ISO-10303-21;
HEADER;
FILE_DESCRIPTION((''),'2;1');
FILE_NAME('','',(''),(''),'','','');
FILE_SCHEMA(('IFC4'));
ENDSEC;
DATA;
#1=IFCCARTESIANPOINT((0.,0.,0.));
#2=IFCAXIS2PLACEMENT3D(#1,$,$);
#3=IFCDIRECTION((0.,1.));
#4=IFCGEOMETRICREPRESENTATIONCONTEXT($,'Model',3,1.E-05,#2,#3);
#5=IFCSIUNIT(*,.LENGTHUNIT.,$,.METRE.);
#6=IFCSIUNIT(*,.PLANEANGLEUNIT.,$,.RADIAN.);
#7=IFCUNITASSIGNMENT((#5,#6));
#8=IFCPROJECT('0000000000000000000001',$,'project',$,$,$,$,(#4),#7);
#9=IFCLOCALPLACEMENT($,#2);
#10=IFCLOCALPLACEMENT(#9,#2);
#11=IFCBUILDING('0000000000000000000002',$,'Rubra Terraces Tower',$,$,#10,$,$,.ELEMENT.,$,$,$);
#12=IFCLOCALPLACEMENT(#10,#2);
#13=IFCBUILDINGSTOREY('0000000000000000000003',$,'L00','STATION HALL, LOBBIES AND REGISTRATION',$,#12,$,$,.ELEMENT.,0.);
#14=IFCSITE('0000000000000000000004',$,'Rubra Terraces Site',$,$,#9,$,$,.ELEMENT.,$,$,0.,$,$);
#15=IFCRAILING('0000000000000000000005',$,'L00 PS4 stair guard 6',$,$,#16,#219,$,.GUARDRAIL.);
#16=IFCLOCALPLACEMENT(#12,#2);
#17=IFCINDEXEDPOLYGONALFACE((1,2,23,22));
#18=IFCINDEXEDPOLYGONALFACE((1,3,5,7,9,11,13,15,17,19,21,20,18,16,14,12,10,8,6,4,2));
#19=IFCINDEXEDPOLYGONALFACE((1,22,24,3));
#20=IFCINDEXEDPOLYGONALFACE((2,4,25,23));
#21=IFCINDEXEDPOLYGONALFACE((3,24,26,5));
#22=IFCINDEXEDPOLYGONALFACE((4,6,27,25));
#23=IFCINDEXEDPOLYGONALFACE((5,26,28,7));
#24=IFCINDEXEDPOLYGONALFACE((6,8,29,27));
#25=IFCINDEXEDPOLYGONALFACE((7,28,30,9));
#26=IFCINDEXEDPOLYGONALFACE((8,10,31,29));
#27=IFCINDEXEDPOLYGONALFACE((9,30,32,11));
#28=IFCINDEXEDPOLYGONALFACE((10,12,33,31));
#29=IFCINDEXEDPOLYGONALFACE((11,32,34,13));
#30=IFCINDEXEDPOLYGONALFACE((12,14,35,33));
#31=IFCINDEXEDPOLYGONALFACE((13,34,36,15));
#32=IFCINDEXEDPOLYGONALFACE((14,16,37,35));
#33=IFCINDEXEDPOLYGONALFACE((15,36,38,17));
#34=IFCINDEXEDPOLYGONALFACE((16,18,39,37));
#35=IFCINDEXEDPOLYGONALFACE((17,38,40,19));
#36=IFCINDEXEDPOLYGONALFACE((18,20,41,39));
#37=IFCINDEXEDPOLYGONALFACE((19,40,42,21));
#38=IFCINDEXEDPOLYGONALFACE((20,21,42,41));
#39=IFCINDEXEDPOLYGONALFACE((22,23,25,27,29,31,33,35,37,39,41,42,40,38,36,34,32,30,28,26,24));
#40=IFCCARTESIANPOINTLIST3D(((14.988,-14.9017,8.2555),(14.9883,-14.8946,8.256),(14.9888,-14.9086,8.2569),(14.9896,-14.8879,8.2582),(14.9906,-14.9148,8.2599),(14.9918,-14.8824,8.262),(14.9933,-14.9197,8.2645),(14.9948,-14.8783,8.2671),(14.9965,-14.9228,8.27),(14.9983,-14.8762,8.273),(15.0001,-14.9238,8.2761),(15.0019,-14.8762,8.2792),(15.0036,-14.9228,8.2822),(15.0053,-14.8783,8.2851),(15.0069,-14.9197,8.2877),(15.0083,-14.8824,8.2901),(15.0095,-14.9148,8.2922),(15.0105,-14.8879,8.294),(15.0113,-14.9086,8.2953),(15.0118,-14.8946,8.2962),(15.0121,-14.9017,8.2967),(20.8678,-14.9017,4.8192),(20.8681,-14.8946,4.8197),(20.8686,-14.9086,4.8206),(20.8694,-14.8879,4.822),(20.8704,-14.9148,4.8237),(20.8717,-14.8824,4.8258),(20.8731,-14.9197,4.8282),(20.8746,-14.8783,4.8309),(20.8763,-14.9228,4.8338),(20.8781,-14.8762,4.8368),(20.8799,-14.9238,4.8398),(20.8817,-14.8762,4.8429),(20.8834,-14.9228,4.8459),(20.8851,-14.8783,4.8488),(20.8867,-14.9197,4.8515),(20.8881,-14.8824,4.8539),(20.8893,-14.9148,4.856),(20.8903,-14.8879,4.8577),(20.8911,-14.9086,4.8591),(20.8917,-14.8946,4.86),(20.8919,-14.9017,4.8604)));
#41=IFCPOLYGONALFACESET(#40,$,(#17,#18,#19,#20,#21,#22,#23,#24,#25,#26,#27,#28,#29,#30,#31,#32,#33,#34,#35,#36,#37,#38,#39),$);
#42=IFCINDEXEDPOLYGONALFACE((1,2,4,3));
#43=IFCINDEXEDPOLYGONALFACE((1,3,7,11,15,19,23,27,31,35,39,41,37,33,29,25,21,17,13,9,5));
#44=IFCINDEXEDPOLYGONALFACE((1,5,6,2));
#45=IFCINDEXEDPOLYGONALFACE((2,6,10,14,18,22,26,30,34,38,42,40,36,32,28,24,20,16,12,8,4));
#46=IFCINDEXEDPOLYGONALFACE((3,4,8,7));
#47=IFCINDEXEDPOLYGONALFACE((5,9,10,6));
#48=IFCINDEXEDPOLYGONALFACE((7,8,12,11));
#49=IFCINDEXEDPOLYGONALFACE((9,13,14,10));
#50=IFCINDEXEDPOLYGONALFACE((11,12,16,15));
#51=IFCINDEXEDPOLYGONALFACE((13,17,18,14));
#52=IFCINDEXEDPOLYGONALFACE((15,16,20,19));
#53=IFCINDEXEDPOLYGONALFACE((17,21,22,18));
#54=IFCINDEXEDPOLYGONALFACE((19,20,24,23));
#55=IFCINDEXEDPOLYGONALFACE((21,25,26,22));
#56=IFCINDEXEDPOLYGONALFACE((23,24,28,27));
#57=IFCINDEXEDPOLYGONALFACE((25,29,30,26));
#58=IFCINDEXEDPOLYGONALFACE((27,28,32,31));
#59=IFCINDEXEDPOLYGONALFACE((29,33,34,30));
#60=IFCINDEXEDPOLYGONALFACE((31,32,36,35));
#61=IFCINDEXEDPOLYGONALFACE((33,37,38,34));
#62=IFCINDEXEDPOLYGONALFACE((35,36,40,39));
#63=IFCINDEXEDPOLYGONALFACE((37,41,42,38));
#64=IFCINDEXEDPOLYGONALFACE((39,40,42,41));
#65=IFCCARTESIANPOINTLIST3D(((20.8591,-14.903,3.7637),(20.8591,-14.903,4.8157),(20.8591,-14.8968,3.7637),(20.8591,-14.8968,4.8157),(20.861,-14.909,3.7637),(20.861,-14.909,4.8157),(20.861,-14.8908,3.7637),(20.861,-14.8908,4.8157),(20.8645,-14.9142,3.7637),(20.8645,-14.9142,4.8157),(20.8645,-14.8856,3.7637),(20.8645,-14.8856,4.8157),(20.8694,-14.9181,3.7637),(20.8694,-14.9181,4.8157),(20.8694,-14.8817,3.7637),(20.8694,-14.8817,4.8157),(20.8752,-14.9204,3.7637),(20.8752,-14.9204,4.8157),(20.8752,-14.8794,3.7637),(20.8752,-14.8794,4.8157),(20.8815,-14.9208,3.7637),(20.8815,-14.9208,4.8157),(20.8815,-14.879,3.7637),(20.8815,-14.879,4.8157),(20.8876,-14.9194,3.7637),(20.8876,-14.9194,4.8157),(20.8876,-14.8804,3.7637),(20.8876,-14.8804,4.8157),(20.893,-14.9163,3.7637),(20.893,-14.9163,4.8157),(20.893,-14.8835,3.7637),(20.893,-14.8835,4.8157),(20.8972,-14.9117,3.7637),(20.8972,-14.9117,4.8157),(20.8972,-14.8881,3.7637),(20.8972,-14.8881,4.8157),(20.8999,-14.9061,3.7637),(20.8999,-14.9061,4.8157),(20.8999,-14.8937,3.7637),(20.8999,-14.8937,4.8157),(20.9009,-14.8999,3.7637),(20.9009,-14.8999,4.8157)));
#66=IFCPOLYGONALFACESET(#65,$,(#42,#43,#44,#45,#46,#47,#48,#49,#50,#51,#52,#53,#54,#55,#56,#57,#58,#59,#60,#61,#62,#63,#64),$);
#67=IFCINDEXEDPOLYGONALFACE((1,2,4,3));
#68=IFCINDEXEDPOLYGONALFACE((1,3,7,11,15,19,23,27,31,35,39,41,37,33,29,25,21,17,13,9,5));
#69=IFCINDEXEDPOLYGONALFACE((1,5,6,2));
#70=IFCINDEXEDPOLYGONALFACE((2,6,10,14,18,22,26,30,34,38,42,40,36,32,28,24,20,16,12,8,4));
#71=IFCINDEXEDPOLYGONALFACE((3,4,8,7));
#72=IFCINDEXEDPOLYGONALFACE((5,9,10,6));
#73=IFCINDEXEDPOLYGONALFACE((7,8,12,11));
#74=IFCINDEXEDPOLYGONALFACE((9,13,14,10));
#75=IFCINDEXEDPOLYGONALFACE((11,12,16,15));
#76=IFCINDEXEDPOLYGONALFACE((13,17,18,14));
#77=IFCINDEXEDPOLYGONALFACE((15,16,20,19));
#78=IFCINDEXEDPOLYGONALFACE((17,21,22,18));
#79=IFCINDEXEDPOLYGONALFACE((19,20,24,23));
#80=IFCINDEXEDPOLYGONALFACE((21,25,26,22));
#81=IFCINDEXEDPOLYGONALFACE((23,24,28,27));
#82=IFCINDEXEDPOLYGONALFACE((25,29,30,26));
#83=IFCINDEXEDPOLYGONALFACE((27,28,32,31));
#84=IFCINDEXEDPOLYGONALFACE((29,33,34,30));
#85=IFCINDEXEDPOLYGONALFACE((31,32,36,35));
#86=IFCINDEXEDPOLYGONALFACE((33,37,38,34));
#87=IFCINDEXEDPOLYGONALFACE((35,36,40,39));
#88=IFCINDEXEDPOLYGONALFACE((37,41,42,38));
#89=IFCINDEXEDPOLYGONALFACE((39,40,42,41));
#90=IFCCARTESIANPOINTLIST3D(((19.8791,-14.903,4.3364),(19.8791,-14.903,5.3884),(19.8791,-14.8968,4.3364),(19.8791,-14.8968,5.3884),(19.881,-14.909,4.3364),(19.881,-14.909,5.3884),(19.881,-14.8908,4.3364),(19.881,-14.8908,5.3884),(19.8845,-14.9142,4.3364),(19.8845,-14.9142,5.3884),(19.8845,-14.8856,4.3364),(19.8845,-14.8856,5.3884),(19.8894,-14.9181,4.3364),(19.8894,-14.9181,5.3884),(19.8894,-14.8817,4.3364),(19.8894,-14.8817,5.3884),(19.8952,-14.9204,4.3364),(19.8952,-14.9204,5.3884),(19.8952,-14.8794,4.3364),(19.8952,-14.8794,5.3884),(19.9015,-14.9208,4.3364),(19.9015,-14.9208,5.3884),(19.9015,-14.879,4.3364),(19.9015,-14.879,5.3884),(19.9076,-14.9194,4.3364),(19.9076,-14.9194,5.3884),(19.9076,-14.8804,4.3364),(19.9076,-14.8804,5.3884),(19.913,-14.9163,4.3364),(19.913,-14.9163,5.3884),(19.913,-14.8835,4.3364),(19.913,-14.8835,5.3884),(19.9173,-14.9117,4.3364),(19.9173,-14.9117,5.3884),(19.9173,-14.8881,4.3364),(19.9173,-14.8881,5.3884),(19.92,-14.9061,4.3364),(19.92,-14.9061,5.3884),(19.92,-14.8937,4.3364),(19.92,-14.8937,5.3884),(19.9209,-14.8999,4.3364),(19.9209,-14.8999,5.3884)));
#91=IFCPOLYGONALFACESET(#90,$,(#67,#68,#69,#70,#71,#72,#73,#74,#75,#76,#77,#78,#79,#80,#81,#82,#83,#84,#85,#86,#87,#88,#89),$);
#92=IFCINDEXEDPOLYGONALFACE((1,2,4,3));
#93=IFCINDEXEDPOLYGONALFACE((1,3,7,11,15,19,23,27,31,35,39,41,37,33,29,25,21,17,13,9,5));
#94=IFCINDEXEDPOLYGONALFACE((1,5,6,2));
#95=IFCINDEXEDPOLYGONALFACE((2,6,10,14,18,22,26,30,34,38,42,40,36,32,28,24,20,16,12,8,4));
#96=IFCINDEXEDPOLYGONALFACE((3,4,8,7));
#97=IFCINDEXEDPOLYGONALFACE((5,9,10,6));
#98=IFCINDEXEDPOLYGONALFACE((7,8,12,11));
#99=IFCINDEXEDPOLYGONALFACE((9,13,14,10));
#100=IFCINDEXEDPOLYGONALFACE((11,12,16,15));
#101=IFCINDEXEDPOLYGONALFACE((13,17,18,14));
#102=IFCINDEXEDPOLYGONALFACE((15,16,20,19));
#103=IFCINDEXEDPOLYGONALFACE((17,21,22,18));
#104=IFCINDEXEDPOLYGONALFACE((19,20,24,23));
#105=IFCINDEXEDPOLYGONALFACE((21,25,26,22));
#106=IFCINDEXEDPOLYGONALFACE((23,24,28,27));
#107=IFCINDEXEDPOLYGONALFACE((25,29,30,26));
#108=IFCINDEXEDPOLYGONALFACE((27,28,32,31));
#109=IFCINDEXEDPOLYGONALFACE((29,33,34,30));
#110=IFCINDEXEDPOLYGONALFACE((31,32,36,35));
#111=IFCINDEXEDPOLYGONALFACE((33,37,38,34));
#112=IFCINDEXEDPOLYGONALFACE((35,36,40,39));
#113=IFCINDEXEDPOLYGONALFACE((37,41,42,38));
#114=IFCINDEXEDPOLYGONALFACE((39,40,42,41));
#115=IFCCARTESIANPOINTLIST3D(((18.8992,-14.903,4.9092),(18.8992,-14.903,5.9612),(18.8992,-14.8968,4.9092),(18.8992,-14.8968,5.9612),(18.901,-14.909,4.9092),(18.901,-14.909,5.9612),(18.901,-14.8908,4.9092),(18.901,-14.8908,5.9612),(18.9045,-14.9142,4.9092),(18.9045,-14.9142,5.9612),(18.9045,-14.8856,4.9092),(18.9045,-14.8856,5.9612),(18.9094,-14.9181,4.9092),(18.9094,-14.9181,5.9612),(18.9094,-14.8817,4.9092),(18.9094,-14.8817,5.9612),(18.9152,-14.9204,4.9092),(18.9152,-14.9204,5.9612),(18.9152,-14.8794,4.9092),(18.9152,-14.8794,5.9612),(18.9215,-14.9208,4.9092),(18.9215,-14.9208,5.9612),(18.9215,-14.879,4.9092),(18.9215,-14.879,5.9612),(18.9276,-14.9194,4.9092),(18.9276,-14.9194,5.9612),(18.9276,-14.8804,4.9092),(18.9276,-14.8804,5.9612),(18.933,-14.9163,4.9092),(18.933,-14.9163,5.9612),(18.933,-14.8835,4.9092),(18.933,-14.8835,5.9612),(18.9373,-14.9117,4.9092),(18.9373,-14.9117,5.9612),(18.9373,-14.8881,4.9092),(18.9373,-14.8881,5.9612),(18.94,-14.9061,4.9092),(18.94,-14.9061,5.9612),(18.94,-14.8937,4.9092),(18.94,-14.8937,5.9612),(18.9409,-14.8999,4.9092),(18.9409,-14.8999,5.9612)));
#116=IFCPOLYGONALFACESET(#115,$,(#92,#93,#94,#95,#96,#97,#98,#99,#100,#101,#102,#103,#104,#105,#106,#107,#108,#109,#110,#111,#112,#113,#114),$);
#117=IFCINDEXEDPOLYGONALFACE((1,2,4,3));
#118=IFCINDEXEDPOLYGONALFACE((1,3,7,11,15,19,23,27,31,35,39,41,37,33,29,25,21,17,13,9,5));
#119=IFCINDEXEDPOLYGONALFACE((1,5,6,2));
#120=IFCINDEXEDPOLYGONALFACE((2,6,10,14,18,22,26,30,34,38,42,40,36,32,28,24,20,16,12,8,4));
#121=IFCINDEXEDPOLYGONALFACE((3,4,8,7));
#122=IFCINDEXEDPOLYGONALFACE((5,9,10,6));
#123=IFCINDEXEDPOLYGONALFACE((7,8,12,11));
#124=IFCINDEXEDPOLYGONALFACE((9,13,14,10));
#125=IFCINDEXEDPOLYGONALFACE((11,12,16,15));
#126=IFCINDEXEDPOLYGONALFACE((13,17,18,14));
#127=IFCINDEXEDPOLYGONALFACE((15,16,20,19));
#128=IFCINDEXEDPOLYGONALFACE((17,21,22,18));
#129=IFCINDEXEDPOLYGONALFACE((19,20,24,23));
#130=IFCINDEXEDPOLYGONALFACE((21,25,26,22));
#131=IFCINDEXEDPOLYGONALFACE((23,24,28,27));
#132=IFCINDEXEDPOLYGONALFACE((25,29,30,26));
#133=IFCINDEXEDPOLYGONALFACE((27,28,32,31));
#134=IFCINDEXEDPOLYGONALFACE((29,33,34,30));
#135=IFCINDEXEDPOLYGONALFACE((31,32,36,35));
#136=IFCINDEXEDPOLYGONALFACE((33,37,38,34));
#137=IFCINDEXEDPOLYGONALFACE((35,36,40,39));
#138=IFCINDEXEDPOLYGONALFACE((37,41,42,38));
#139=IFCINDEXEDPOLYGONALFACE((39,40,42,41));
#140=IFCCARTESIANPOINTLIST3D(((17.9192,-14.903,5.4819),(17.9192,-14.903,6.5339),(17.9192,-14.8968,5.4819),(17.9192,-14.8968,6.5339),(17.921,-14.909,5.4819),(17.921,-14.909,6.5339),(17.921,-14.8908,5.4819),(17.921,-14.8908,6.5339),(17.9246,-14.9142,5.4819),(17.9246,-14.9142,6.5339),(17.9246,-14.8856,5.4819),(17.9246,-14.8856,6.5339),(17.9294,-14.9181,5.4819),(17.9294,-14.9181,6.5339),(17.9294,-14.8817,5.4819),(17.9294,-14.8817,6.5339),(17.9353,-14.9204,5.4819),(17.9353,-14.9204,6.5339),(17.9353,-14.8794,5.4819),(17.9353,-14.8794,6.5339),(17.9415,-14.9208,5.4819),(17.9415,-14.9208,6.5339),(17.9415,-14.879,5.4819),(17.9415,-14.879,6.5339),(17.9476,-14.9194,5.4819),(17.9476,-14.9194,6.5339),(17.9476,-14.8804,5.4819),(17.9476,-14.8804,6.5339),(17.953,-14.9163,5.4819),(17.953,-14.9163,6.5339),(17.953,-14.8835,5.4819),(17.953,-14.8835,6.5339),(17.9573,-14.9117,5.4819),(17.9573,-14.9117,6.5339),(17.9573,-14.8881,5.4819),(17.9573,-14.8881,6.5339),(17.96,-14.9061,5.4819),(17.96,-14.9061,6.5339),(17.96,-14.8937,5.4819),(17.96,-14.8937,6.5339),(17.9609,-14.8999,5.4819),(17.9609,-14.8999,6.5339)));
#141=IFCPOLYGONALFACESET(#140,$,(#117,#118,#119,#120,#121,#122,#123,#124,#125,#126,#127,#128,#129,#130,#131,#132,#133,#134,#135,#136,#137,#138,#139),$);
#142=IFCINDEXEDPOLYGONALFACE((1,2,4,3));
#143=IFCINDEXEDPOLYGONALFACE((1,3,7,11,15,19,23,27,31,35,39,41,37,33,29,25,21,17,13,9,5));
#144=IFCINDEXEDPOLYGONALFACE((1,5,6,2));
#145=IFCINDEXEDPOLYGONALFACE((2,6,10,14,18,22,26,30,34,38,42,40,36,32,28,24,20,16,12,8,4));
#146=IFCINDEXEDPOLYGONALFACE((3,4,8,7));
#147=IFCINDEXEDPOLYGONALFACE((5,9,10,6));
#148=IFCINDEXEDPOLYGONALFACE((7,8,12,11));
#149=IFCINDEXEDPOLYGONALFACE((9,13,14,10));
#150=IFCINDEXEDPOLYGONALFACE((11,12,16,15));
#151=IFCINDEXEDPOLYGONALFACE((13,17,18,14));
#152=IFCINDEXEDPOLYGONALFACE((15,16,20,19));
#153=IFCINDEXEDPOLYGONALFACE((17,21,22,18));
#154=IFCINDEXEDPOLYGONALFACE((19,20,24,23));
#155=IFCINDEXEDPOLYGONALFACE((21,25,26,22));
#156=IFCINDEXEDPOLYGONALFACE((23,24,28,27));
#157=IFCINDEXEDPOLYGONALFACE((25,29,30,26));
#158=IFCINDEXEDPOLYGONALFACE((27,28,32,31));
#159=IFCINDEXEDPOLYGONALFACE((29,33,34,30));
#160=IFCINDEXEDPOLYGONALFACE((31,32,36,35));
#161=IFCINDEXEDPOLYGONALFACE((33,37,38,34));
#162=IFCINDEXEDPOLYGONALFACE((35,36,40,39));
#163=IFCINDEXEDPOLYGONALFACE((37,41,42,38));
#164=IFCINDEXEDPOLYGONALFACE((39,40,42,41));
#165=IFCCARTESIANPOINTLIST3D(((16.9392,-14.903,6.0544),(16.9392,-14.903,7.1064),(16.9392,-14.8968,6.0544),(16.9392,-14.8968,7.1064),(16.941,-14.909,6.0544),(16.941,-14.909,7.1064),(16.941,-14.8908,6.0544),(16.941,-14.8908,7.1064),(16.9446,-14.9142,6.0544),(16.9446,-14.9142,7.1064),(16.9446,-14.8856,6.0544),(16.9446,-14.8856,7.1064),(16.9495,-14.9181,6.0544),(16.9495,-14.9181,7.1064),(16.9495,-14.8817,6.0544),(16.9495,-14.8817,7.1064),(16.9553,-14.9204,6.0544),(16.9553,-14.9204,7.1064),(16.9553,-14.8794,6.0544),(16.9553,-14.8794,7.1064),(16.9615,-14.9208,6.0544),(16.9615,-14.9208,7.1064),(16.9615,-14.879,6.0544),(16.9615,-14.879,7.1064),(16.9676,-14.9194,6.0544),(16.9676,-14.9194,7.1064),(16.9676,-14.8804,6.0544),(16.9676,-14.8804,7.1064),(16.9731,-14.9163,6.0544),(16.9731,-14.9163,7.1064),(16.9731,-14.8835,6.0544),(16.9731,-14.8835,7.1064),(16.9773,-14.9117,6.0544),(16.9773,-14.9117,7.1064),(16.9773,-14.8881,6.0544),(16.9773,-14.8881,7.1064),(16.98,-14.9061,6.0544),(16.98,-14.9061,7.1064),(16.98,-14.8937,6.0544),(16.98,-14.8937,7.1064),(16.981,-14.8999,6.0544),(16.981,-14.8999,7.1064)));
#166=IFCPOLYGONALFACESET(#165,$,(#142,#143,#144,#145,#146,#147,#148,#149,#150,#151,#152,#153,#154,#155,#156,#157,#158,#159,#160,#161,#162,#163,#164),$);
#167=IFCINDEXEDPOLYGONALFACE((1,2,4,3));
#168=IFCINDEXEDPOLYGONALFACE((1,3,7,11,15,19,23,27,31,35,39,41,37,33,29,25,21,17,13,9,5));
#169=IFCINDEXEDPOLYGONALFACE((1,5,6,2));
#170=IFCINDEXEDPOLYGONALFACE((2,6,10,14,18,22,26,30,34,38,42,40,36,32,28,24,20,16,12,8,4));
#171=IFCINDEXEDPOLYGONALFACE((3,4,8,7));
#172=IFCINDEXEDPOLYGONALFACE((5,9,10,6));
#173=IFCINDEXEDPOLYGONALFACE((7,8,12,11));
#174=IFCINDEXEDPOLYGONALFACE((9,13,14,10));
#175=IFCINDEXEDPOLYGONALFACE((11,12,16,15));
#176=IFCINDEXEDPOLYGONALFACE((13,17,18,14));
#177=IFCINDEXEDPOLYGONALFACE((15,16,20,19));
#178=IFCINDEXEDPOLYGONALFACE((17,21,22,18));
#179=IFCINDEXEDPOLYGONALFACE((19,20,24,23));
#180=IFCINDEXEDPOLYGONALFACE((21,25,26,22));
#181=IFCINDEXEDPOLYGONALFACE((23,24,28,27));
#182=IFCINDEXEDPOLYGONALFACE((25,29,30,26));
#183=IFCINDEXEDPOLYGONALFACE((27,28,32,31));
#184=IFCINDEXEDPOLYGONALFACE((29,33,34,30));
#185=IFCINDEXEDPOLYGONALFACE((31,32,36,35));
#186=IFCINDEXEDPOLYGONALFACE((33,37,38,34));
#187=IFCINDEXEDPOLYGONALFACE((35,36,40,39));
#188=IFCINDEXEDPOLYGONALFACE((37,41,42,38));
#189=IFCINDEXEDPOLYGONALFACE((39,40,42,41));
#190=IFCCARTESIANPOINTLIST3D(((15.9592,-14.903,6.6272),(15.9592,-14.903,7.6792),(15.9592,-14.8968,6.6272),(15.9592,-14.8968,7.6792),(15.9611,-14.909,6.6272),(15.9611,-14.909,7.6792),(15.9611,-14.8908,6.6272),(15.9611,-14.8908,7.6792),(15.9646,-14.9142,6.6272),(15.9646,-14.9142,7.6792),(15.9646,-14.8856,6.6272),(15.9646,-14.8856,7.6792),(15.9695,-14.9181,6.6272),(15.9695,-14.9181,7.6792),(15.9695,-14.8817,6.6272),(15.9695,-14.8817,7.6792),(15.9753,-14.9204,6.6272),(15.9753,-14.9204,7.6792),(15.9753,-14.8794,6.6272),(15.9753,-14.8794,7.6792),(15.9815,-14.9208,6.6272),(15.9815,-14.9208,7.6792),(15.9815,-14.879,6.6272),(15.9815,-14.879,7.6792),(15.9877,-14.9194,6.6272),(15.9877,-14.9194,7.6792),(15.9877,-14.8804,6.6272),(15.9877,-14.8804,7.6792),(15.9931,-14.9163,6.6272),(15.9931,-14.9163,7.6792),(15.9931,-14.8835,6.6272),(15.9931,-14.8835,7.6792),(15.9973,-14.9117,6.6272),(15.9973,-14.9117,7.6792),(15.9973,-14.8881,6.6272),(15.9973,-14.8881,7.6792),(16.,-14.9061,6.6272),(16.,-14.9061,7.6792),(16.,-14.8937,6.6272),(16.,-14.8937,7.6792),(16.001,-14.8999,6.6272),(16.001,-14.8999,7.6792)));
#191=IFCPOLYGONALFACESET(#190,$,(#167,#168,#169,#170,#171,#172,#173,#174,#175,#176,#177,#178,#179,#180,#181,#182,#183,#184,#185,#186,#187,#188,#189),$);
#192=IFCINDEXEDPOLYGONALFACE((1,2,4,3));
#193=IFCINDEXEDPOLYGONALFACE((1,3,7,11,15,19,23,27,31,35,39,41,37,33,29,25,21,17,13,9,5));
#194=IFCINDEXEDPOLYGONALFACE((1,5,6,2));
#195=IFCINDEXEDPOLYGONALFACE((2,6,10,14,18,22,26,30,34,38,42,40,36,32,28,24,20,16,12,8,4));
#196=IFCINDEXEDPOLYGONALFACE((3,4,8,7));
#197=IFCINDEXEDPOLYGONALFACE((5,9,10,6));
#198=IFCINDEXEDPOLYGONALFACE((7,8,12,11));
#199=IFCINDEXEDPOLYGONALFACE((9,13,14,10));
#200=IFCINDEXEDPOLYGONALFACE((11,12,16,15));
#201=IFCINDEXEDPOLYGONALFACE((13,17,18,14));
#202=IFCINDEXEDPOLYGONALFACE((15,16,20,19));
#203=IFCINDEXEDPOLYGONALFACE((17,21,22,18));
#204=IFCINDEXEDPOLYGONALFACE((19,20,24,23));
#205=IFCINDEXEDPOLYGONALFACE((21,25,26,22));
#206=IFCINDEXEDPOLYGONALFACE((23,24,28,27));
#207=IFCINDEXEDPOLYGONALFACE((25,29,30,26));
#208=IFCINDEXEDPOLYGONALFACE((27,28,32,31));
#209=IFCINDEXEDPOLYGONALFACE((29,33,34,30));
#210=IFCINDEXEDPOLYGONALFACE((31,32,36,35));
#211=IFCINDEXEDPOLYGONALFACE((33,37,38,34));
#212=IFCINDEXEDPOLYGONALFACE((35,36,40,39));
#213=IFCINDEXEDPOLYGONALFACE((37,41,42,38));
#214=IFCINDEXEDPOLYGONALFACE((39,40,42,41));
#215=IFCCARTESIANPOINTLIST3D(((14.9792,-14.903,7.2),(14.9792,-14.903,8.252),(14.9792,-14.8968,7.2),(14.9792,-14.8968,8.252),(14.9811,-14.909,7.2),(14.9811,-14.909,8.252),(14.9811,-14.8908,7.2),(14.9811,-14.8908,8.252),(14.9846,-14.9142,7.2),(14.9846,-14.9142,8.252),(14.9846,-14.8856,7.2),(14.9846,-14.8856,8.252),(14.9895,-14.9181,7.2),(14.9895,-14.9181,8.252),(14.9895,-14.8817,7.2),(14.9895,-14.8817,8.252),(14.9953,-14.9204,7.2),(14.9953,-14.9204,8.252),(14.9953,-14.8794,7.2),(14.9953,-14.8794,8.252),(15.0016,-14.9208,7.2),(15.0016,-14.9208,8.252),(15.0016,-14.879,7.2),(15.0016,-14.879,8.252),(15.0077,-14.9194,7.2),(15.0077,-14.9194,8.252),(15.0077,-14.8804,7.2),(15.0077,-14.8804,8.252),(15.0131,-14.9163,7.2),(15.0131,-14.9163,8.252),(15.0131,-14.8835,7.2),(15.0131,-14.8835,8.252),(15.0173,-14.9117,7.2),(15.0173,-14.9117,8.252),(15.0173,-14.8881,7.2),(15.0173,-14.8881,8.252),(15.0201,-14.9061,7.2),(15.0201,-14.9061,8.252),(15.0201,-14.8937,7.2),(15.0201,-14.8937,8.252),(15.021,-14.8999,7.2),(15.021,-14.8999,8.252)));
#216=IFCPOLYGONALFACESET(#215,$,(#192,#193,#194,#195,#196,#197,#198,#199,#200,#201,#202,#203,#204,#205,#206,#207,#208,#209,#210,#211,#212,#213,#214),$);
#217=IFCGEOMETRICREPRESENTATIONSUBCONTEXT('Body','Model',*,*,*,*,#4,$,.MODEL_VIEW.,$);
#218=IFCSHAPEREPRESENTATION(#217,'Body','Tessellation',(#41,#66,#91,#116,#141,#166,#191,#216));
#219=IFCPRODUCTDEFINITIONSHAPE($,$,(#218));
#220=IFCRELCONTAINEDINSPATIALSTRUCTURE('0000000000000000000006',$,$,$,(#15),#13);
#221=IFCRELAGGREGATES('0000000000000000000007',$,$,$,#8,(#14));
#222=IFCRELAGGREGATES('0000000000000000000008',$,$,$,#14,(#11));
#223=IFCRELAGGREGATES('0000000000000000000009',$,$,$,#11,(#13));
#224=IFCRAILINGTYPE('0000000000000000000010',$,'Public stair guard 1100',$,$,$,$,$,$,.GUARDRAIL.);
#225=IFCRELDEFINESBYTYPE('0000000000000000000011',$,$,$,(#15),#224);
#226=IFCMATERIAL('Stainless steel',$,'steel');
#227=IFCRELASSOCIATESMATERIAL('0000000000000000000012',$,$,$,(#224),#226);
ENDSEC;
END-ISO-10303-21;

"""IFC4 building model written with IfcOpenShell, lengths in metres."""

from ifc_helpers import new_model, si_unit, direction, frame, origin, origin_2d, place, context, subcontext, project, spatial, circle, extrude, material, type_object, element, save


model = new_model("IFC4")

# Units and contexts
model_context = context("Model", 3, precision=1e-05, world=origin(), true_north=direction((0.0, 1.0)))
body_context = subcontext(model_context, "Body", "Model", "MODEL_VIEW")
ifc_project = project(units=[si_unit("LENGTHUNIT", "METRE"), si_unit("PLANEANGLEUNIT", "RADIAN")], contexts=[model_context])

# Site, building, storey
site_placement = place(None, origin())
site = spatial("IfcSite", under=ifc_project, at=site_placement, Name="Rubra Terraces Site", CompositionType="ELEMENT", RefElevation=0.0)
building_placement = place(site_placement, origin())
building = spatial("IfcBuilding", under=site, at=building_placement, Name="Rubra Terraces Tower", CompositionType="ELEMENT")
storey_placement = place(building_placement, origin())
storey = spatial("IfcBuildingStorey", under=building, at=storey_placement, Name="L00", Description="STATION HALL, LOBBIES AND REGISTRATION", CompositionType="ELEMENT", Elevation=0.0)

# Railing
ifc_material_1 = material(Name="Stainless steel", Category="steel")
railing_type_1 = type_object("IfcRailingType", Name="Public stair guard 1100", PredefinedType="GUARDRAIL", material=ifc_material_1)
railing_1_placement = place(storey_placement, frame((20.8799, -14.8999, 3.7637)))
element("IfcRailing", 1, at=railing_1_placement, inside=storey, type_object=railing_type_1, Name="L00 PS4 stair guard 6", PredefinedType="GUARDRAIL", context=body_context, shape_type="SweptSolid", body=[
    extrude(circle(Radius=0.0239, at=origin_2d()), frame((0.0, 0.0, 1.0762), z_axis=(-0.863373, 0.0, 0.504566), x_axis=(0.0, -1.0, 0.0)), (0.0, 0.0, 1.0), 6.8103),
    extrude(circle(Radius=0.021, at=origin_2d()), origin(), (0.0, 0.0, 1.0), 1.052),
    extrude(circle(Radius=0.021, at=origin_2d()), frame((-0.98, 0.0, 0.5728)), (0.0, 0.0, 1.0), 1.052),
    extrude(circle(Radius=0.021, at=origin_2d()), frame((-1.96, 0.0, 1.1455)), (0.0, 0.0, 1.0), 1.052),
    extrude(circle(Radius=0.021, at=origin_2d()), frame((-2.9399, 0.0, 1.7183)), (0.0, 0.0, 1.0), 1.052),
    extrude(circle(Radius=0.021, at=origin_2d()), frame((-3.9199, 0.0, 2.2908)), (0.0, 0.0, 1.0), 1.052),
    extrude(circle(Radius=0.021, at=origin_2d()), frame((-4.8999, 0.0, 2.8635)), (0.0, 0.0, 1.0), 1.052),
    extrude(circle(Radius=0.021, at=origin_2d()), frame((-5.8799, 0.0, 3.4363)), (0.0, 0.0, 1.0), 1.052),
])

save(model, "model.ifc")
